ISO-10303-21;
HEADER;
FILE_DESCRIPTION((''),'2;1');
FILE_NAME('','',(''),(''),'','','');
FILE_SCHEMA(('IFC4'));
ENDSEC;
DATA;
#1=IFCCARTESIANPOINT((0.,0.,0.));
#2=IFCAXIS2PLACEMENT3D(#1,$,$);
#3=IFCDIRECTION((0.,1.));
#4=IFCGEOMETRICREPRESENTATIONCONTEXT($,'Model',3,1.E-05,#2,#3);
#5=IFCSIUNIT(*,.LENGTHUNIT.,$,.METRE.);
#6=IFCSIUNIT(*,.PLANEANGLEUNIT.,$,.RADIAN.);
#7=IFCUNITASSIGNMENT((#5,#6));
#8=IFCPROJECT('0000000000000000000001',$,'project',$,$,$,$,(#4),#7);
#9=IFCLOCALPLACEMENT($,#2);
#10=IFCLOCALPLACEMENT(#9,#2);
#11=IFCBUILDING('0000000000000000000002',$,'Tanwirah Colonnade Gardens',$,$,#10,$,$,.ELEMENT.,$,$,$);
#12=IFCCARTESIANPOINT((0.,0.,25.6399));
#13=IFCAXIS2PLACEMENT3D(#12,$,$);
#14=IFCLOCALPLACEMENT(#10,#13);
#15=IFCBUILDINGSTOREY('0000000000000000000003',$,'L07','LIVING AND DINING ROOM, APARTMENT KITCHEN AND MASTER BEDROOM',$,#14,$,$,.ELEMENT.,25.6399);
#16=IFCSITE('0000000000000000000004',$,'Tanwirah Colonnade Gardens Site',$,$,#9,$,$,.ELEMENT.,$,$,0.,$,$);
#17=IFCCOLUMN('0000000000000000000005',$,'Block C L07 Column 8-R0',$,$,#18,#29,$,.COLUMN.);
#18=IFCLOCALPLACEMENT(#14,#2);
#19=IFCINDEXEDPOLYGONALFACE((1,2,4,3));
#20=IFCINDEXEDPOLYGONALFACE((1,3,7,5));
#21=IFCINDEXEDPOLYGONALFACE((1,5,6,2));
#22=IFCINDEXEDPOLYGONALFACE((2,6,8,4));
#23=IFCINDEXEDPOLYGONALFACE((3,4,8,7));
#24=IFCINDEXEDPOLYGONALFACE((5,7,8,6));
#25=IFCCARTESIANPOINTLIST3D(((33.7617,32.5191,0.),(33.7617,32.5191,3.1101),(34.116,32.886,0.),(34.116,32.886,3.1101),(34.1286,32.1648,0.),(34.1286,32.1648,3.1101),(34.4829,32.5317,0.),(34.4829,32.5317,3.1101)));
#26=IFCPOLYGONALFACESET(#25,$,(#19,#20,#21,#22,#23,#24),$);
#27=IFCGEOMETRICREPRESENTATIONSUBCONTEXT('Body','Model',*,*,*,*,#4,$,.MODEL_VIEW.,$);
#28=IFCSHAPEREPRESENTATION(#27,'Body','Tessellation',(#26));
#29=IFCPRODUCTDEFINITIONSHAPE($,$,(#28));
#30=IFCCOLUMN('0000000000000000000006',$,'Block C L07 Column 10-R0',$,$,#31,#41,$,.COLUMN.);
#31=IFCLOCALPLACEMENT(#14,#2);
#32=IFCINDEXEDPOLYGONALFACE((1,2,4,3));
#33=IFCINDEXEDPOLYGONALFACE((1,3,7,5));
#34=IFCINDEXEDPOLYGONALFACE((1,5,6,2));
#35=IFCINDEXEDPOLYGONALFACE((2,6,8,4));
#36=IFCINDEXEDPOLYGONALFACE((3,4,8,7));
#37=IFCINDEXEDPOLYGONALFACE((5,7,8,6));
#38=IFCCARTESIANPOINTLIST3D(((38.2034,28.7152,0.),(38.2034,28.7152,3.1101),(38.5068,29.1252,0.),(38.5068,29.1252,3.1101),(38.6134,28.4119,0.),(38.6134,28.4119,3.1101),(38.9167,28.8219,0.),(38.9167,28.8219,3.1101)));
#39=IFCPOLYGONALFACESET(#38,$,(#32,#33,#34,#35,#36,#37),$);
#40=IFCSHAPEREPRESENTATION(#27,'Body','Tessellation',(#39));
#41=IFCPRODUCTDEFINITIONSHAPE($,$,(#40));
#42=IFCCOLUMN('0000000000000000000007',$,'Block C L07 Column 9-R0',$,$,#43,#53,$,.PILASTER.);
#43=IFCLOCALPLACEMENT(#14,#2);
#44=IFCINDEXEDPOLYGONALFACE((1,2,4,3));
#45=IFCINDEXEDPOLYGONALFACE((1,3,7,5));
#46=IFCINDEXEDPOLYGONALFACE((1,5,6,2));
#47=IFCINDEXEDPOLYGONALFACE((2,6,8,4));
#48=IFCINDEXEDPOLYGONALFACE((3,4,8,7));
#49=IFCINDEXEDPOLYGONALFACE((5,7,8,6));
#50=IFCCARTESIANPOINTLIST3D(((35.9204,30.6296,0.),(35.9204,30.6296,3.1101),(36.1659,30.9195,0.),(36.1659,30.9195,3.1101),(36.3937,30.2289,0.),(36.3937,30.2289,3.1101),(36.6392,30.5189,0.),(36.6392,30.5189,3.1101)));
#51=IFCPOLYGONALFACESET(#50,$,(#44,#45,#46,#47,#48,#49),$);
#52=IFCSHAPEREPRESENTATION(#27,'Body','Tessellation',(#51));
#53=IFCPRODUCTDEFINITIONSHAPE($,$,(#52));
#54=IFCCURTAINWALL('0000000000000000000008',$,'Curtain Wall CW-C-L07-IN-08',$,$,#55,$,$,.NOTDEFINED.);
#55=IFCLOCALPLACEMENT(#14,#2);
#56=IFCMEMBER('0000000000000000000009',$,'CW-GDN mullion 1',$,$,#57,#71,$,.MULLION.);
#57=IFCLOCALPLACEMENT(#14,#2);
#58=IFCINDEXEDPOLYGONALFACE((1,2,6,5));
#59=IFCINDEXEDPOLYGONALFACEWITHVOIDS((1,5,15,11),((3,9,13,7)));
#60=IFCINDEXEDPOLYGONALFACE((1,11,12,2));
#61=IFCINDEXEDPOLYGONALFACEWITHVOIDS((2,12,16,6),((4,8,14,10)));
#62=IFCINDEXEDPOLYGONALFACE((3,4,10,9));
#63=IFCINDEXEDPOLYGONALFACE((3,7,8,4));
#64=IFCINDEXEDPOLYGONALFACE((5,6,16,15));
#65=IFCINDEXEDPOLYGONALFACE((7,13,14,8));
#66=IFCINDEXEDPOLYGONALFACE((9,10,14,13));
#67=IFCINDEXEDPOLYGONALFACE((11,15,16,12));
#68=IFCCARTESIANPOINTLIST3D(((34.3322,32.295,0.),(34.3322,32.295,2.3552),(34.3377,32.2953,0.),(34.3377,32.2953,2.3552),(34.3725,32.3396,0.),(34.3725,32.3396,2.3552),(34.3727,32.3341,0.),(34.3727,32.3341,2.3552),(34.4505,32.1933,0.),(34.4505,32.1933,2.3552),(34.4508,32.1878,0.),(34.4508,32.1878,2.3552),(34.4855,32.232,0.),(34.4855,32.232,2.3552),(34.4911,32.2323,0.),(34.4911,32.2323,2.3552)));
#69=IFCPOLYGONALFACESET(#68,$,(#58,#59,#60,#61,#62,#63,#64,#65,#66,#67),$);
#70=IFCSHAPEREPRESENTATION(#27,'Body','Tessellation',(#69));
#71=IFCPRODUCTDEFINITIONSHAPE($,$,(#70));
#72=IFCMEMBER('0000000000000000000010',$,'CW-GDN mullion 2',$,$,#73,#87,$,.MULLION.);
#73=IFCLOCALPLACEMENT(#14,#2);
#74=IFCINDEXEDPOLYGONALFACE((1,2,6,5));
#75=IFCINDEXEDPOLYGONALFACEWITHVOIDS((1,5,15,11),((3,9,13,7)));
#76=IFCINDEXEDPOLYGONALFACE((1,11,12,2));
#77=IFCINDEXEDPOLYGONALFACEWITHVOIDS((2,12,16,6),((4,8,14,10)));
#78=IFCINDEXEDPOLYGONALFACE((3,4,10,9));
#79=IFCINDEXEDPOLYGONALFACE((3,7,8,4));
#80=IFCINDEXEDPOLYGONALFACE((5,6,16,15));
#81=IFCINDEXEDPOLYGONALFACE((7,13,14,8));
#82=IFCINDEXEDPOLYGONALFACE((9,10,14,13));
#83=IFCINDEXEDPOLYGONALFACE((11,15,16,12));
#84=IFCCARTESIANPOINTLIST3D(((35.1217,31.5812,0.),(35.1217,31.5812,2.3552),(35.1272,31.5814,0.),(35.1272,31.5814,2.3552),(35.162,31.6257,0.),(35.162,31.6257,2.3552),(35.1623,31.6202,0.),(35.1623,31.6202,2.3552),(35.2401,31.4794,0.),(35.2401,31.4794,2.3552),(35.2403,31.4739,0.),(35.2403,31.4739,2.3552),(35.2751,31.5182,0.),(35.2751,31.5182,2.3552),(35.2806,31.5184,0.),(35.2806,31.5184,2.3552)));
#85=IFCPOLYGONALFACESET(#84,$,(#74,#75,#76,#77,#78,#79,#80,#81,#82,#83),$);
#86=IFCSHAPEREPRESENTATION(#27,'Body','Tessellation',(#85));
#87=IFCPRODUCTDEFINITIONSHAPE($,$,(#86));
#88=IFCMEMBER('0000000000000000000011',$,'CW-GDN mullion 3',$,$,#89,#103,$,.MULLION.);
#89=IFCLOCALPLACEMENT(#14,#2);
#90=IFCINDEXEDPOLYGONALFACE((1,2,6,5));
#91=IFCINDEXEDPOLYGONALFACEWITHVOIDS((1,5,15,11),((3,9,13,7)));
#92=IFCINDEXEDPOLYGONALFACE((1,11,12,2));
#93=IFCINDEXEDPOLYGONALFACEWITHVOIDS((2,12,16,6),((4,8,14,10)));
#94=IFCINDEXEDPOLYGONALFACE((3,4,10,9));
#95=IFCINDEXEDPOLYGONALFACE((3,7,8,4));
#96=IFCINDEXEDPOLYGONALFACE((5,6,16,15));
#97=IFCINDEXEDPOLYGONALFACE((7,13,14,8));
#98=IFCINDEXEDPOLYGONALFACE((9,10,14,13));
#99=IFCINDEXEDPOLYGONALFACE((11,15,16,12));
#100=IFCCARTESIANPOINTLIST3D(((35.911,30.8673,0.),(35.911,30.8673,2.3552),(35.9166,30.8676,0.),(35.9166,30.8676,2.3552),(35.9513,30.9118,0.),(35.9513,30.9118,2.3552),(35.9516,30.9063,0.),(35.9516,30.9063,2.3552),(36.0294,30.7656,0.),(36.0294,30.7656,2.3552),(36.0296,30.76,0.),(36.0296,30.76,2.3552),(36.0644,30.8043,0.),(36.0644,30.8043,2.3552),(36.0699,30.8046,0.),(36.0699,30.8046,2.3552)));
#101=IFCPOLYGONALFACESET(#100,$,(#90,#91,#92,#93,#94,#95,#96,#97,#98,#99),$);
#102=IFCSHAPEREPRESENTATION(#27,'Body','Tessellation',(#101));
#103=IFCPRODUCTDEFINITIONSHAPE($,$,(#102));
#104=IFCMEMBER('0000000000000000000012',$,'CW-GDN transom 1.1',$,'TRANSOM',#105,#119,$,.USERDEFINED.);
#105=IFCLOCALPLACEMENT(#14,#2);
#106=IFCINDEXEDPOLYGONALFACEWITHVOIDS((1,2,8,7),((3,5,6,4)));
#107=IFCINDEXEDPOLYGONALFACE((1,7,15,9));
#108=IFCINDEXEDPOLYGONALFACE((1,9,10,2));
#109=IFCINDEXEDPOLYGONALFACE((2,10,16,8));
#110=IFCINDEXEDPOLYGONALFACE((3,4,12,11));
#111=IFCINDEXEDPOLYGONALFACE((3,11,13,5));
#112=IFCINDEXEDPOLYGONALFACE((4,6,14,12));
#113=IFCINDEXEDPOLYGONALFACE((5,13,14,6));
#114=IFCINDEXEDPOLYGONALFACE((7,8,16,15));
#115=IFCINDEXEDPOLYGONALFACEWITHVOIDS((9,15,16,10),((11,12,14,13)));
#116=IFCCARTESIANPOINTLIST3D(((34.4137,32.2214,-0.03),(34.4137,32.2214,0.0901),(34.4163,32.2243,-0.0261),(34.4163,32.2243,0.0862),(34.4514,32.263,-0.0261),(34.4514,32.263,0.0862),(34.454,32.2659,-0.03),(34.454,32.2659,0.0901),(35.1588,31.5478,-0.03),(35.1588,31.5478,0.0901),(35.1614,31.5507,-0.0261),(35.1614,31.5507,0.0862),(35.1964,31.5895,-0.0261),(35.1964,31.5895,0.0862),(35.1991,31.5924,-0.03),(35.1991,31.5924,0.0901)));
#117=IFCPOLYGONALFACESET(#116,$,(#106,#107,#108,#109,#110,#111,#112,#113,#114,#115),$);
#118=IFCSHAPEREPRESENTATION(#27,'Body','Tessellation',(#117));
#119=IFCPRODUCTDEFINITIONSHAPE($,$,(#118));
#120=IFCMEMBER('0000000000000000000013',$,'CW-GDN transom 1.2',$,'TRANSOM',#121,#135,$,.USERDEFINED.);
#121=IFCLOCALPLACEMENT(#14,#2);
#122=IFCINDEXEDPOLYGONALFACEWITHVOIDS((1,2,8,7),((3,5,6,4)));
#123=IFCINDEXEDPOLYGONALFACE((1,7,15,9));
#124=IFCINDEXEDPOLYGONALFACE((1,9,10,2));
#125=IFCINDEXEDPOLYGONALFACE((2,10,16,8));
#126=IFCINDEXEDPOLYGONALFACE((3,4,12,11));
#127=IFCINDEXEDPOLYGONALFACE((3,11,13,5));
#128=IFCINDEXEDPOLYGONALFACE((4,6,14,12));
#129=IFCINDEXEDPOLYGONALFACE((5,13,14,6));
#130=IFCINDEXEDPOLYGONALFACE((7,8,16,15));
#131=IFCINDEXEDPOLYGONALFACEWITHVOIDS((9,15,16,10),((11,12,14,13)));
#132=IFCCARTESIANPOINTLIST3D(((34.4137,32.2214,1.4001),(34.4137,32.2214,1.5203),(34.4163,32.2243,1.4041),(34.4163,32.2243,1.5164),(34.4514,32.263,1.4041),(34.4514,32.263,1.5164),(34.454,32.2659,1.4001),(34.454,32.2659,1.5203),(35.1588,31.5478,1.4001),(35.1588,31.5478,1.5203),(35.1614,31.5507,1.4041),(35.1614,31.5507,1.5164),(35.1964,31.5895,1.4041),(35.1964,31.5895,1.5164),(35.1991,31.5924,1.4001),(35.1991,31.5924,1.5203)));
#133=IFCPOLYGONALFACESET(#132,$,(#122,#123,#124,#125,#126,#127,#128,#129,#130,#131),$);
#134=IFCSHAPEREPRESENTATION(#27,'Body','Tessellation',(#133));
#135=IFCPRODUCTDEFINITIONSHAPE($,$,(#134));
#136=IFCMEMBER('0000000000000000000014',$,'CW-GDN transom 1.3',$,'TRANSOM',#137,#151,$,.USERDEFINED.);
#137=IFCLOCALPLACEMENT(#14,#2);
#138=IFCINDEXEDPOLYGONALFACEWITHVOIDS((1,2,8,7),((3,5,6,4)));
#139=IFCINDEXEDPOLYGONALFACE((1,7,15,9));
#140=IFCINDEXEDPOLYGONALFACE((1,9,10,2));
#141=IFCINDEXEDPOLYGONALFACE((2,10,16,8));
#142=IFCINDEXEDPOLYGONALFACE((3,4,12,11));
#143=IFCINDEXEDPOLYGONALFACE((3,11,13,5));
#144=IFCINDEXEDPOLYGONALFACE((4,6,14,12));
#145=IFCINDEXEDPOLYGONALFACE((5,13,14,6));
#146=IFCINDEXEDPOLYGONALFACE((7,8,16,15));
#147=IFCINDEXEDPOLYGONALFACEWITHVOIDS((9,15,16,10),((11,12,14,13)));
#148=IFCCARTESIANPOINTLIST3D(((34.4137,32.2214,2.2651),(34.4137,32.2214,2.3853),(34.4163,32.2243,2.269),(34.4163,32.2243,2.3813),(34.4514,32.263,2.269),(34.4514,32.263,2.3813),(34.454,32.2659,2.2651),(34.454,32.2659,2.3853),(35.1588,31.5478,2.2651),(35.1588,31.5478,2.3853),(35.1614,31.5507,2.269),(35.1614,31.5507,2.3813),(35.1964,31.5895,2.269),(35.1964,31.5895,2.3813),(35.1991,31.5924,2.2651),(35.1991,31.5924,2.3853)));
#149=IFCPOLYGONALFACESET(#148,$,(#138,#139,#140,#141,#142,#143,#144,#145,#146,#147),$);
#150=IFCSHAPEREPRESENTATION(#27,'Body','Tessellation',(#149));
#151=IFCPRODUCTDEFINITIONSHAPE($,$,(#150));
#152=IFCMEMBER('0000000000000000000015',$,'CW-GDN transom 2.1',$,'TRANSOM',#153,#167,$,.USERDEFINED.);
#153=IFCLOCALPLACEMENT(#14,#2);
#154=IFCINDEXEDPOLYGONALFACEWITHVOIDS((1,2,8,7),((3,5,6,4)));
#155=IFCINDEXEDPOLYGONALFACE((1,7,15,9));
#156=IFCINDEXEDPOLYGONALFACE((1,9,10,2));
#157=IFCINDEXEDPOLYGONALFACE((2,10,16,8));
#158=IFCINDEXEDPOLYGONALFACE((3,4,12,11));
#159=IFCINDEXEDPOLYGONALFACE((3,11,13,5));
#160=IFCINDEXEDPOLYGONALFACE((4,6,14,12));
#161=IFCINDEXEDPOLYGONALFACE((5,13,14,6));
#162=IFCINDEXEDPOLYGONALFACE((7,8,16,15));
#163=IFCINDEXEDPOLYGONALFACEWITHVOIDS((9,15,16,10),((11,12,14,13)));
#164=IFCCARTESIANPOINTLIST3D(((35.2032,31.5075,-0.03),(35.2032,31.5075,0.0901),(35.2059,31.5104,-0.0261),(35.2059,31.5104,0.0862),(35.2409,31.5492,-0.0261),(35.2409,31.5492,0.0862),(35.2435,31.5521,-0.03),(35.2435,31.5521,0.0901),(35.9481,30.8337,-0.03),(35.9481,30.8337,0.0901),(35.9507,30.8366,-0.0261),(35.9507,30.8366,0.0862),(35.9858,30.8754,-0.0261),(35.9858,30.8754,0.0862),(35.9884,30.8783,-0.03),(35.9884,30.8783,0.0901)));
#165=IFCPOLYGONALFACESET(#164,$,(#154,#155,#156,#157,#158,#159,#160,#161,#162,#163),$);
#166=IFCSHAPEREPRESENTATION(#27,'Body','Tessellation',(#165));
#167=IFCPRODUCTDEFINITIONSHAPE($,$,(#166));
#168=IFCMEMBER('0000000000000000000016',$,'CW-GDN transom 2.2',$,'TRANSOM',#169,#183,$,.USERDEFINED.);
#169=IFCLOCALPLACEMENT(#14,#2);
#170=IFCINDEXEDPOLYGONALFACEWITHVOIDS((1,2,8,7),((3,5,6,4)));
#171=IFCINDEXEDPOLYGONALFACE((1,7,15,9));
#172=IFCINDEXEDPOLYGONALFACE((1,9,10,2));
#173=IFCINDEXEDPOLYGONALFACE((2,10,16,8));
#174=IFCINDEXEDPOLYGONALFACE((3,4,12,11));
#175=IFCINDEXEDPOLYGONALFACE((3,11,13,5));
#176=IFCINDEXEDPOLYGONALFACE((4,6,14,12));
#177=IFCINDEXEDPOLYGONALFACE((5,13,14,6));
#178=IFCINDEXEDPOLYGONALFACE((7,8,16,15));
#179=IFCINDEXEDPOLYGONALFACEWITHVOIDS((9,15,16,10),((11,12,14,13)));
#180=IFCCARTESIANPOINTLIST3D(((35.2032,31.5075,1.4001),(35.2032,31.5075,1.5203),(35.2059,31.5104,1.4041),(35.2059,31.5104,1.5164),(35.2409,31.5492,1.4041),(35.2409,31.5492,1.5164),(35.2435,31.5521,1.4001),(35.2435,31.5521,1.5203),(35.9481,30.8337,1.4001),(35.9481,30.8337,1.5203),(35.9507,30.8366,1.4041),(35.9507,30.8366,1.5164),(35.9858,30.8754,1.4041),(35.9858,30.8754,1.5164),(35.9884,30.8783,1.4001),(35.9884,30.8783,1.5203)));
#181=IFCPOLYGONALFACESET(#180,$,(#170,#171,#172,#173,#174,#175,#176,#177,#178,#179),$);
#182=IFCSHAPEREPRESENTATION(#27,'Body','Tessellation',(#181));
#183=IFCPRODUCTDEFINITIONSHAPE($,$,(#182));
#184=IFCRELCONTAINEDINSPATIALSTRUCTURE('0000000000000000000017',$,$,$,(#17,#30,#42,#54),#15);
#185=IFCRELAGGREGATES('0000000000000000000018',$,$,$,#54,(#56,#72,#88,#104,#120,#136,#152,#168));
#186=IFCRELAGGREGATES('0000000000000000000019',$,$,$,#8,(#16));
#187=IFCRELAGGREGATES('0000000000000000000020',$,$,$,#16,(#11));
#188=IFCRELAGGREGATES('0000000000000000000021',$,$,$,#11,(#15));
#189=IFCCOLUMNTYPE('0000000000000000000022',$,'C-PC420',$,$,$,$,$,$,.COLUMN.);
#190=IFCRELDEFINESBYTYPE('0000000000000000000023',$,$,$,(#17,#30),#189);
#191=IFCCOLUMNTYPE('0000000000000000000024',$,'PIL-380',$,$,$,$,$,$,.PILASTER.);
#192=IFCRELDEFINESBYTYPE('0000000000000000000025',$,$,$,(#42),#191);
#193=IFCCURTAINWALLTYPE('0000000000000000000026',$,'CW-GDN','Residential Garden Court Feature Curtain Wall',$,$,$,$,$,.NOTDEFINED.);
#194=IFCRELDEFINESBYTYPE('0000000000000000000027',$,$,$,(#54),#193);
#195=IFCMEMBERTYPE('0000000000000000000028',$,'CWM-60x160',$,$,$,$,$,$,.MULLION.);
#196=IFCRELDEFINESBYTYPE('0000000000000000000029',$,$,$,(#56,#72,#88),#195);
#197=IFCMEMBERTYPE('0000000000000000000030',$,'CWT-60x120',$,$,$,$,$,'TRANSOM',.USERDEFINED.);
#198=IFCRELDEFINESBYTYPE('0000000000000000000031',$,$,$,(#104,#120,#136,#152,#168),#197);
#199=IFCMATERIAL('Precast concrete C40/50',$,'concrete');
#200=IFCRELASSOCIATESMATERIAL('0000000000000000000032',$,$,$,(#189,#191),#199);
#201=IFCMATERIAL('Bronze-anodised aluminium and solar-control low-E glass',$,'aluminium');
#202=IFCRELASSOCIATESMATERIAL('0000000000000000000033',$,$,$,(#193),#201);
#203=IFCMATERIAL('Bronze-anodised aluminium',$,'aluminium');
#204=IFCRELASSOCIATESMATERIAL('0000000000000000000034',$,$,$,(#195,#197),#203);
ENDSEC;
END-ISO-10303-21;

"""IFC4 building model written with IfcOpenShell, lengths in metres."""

from ifc_helpers import new_model, si_unit, direction, frame, origin, origin_2d, place, context, subcontext, project, spatial, rectangle, hollow_rectangle, extrude, material, material_profile, profile_set, type_object, element, aggregate, save


model = new_model("IFC4")

# Units and contexts
model_context = context("Model", 3, precision=1e-05, world=origin(), true_north=direction((0.0, 1.0)))
body_context = subcontext(model_context, "Body", "Model", "MODEL_VIEW")
ifc_project = project(units=[si_unit("LENGTHUNIT", "METRE"), si_unit("PLANEANGLEUNIT", "RADIAN")], contexts=[model_context])

# Site, building, storey
site_placement = place(None, origin())
site = spatial("IfcSite", under=ifc_project, at=site_placement, Name="Tanwirah Colonnade Gardens Site", CompositionType="ELEMENT", RefElevation=0.0)
building_placement = place(site_placement, origin())
building = spatial("IfcBuilding", under=site, at=building_placement, Name="Tanwirah Colonnade Gardens", CompositionType="ELEMENT")
storey_placement = place(building_placement, frame((0.0, 0.0, 25.6399)))
storey = spatial("IfcBuildingStorey", under=building, at=storey_placement, Name="L07", Description="LIVING AND DINING ROOM, APARTMENT KITCHEN AND MASTER BEDROOM", CompositionType="ELEMENT", Elevation=25.6399)

# Columns
ifc_material_1 = material(Name="Precast concrete C40/50", Category="concrete")
ifc_material_profile_1 = material_profile(ifc_material_1, rectangle(XDim=0.51, YDim=0.51, at=origin_2d()), Name="PC-COL 510x510")
ifc_profile_set_1 = profile_set([ifc_material_profile_1], Name="Precast concrete C40/50")
column_type_1 = type_object("IfcColumnType", Name="C-PC420", PredefinedType="COLUMN", material=ifc_profile_set_1)
for number, where, z_axis, x_axis, name in (
    (1, (34.1223, 32.5254, 0.0), (0.0, 0.0, 1.0), (-0.694658, -0.71934, 0.0), "Block C L07 Column 8-R0"),
    (2, (38.5601, 28.7686, 0.0), (0.0, 0.0, 1.0), (-0.594823, -0.803857, 0.0), "Block C L07 Column 10-R0"),
):
    element("IfcColumn", number, at=place(storey_placement, frame(where, z_axis=z_axis, x_axis=x_axis)), inside=storey, type_object=column_type_1, Name=name, PredefinedType="COLUMN", context=body_context, shape_type="SweptSolid", body=[
        extrude(rectangle(XDim=0.51, YDim=0.51, at=origin_2d()), origin(), (0.0, 0.0, 1.0), 3.1101),
    ])
ifc_material_profile_2 = material_profile(ifc_material_1, rectangle(XDim=0.3799, YDim=0.6201, at=origin_2d()), Name="PC-PIL 380x620")
ifc_profile_set_2 = profile_set([ifc_material_profile_2], Name="Precast concrete C40/50")
column_type_2 = type_object("IfcColumnType", Name="PIL-380", PredefinedType="PILASTER", material=ifc_profile_set_2)
column_placement = place(storey_placement, frame((36.2798, 30.5742, 0.0), z_axis=(0.0, 0.0, 1.0), x_axis=(-0.646124, -0.763232, 0.0)))
element("IfcColumn", 3, at=column_placement, inside=storey, type_object=column_type_2, Name="Block C L07 Column 9-R0", PredefinedType="PILASTER", context=body_context, shape_type="SweptSolid", body=[
    extrude(rectangle(XDim=0.3799, YDim=0.6201, at=origin_2d()), origin(), (0.0, 0.0, 1.0), 3.1101),
])

# Curtain wall, members
ifc_material_2 = material(Name="Bronze-anodised aluminium and solar-control low-E glass", Category="aluminium")
curtain_wall_type = type_object("IfcCurtainWallType", Name="CW-GDN", Description="Residential Garden Court Feature Curtain Wall", PredefinedType="NOTDEFINED", material=ifc_material_2)
curtain_wall_placement = place(storey_placement, origin())
curtain_wall = element("IfcCurtainWall", 4, at=curtain_wall_placement, inside=storey, type_object=curtain_wall_type, Name="Curtain Wall CW-C-L07-IN-08", PredefinedType="NOTDEFINED")
ifc_material_3 = material(Name="Bronze-anodised aluminium", Category="aluminium")
ifc_material_profile_3 = material_profile(ifc_material_3, hollow_rectangle(XDim=0.0601, YDim=0.1599, WallThickness=0.0039, at=origin_2d()), Name="CW-MUL 60x160x4")
ifc_profile_set_3 = profile_set([ifc_material_profile_3], Name="Bronze-anodised aluminium")
member_type_1 = type_object("IfcMemberType", Name="CWM-60x160", PredefinedType="MULLION", material=ifc_profile_set_3)
member_1_placement = place(storey_placement, frame((34.4116, 32.2637, 0.0), z_axis=(0.0, 0.0, 1.0), x_axis=(0.670751, 0.741683, 0.0)))
member_1 = element("IfcMember", 5, at=member_1_placement, type_object=member_type_1, Name="CW-GDN mullion 1", PredefinedType="MULLION", context=body_context, shape_type="SweptSolid", body=[
    extrude(hollow_rectangle(XDim=0.0601, YDim=0.1599, WallThickness=0.0039, at=origin_2d()), origin(), (0.0, 0.0, 1.0), 2.3552),
])
member_2_placement = place(storey_placement, frame((35.2012, 31.5498, 0.0), z_axis=(0.0, 0.0, 1.0), x_axis=(0.670751, 0.741683, 0.0)))
member_2 = element("IfcMember", 6, at=member_2_placement, type_object=member_type_1, Name="CW-GDN mullion 2", PredefinedType="MULLION", context=body_context, shape_type="SweptSolid", body=[
    extrude(hollow_rectangle(XDim=0.0601, YDim=0.1599, WallThickness=0.0039, at=origin_2d()), origin(), (0.0, 0.0, 1.0), 2.3552),
])
member_3_placement = place(storey_placement, frame((35.9905, 30.8359, 0.0), z_axis=(0.0, 0.0, 1.0), x_axis=(0.670751, 0.741683, 0.0)))
member_3 = element("IfcMember", 7, at=member_3_placement, type_object=member_type_1, Name="CW-GDN mullion 3", PredefinedType="MULLION", context=body_context, shape_type="SweptSolid", body=[
    extrude(hollow_rectangle(XDim=0.0601, YDim=0.1599, WallThickness=0.0039, at=origin_2d()), origin(), (0.0, 0.0, 1.0), 2.3552),
])
ifc_material_profile_4 = material_profile(ifc_material_3, hollow_rectangle(XDim=0.0601, YDim=0.1201, WallThickness=0.0039, at=origin_2d()), Name="CW-TRN 60x120x4")
ifc_profile_set_4 = profile_set([ifc_material_profile_4], Name="Bronze-anodised aluminium")
member_type_2 = type_object("IfcMemberType", Name="CWT-60x120", ElementType="TRANSOM", PredefinedType="USERDEFINED", material=ifc_profile_set_4)
member_4_placement = place(storey_placement, frame((34.4338, 32.2437, 0.03), z_axis=(0.741818, -0.670601, 0.0), x_axis=(0.670601, 0.741818, 0.0)))
member_4 = element("IfcMember", 8, at=member_4_placement, type_object=member_type_2, Name="CW-GDN transom 1.1", ObjectType="TRANSOM", PredefinedType="USERDEFINED", context=body_context, shape_type="SweptSolid", body=[
    extrude(hollow_rectangle(XDim=0.0601, YDim=0.1201, WallThickness=0.0039, at=origin_2d()), origin(), (0.0, 0.0, 1.0), 1.0044),
])
member_5_placement = place(storey_placement, frame((34.4338, 32.2437, 1.4602), z_axis=(0.741818, -0.670601, 0.0), x_axis=(0.670601, 0.741818, 0.0)))
member_5 = element("IfcMember", 9, at=member_5_placement, type_object=member_type_2, Name="CW-GDN transom 1.2", ObjectType="TRANSOM", PredefinedType="USERDEFINED", context=body_context, shape_type="SweptSolid", body=[
    extrude(hollow_rectangle(XDim=0.0601, YDim=0.1201, WallThickness=0.0039, at=origin_2d()), origin(), (0.0, 0.0, 1.0), 1.0044),
])
member_6_placement = place(storey_placement, frame((34.4338, 32.2437, 2.3252), z_axis=(0.741818, -0.670601, 0.0), x_axis=(0.670601, 0.741818, 0.0)))
member_6 = element("IfcMember", 10, at=member_6_placement, type_object=member_type_2, Name="CW-GDN transom 1.3", ObjectType="TRANSOM", PredefinedType="USERDEFINED", context=body_context, shape_type="SweptSolid", body=[
    extrude(hollow_rectangle(XDim=0.0601, YDim=0.1201, WallThickness=0.0039, at=origin_2d()), origin(), (0.0, 0.0, 1.0), 1.0044),
])
member_7_placement = place(storey_placement, frame((35.2234, 31.5298, 0.03), z_axis=(0.741588, -0.670856, 0.0), x_axis=(0.670856, 0.741588, 0.0)))
member_7 = element("IfcMember", 11, at=member_7_placement, type_object=member_type_2, Name="CW-GDN transom 2.1", ObjectType="TRANSOM", PredefinedType="USERDEFINED", context=body_context, shape_type="SweptSolid", body=[
    extrude(hollow_rectangle(XDim=0.0601, YDim=0.1201, WallThickness=0.0039, at=origin_2d()), origin(), (0.0, 0.0, 1.0), 1.0044),
])
member_8_placement = place(storey_placement, frame((35.2234, 31.5298, 1.4602), z_axis=(0.741588, -0.670856, 0.0), x_axis=(0.670856, 0.741588, 0.0)))
member_8 = element("IfcMember", 12, at=member_8_placement, type_object=member_type_2, Name="CW-GDN transom 2.2", ObjectType="TRANSOM", PredefinedType="USERDEFINED", context=body_context, shape_type="SweptSolid", body=[
    extrude(hollow_rectangle(XDim=0.0601, YDim=0.1201, WallThickness=0.0039, at=origin_2d()), origin(), (0.0, 0.0, 1.0), 1.0044),
])

aggregate(curtain_wall, [member_1, member_2, member_3, member_4, member_5, member_6, member_7, member_8])

save(model, "model.ifc")
